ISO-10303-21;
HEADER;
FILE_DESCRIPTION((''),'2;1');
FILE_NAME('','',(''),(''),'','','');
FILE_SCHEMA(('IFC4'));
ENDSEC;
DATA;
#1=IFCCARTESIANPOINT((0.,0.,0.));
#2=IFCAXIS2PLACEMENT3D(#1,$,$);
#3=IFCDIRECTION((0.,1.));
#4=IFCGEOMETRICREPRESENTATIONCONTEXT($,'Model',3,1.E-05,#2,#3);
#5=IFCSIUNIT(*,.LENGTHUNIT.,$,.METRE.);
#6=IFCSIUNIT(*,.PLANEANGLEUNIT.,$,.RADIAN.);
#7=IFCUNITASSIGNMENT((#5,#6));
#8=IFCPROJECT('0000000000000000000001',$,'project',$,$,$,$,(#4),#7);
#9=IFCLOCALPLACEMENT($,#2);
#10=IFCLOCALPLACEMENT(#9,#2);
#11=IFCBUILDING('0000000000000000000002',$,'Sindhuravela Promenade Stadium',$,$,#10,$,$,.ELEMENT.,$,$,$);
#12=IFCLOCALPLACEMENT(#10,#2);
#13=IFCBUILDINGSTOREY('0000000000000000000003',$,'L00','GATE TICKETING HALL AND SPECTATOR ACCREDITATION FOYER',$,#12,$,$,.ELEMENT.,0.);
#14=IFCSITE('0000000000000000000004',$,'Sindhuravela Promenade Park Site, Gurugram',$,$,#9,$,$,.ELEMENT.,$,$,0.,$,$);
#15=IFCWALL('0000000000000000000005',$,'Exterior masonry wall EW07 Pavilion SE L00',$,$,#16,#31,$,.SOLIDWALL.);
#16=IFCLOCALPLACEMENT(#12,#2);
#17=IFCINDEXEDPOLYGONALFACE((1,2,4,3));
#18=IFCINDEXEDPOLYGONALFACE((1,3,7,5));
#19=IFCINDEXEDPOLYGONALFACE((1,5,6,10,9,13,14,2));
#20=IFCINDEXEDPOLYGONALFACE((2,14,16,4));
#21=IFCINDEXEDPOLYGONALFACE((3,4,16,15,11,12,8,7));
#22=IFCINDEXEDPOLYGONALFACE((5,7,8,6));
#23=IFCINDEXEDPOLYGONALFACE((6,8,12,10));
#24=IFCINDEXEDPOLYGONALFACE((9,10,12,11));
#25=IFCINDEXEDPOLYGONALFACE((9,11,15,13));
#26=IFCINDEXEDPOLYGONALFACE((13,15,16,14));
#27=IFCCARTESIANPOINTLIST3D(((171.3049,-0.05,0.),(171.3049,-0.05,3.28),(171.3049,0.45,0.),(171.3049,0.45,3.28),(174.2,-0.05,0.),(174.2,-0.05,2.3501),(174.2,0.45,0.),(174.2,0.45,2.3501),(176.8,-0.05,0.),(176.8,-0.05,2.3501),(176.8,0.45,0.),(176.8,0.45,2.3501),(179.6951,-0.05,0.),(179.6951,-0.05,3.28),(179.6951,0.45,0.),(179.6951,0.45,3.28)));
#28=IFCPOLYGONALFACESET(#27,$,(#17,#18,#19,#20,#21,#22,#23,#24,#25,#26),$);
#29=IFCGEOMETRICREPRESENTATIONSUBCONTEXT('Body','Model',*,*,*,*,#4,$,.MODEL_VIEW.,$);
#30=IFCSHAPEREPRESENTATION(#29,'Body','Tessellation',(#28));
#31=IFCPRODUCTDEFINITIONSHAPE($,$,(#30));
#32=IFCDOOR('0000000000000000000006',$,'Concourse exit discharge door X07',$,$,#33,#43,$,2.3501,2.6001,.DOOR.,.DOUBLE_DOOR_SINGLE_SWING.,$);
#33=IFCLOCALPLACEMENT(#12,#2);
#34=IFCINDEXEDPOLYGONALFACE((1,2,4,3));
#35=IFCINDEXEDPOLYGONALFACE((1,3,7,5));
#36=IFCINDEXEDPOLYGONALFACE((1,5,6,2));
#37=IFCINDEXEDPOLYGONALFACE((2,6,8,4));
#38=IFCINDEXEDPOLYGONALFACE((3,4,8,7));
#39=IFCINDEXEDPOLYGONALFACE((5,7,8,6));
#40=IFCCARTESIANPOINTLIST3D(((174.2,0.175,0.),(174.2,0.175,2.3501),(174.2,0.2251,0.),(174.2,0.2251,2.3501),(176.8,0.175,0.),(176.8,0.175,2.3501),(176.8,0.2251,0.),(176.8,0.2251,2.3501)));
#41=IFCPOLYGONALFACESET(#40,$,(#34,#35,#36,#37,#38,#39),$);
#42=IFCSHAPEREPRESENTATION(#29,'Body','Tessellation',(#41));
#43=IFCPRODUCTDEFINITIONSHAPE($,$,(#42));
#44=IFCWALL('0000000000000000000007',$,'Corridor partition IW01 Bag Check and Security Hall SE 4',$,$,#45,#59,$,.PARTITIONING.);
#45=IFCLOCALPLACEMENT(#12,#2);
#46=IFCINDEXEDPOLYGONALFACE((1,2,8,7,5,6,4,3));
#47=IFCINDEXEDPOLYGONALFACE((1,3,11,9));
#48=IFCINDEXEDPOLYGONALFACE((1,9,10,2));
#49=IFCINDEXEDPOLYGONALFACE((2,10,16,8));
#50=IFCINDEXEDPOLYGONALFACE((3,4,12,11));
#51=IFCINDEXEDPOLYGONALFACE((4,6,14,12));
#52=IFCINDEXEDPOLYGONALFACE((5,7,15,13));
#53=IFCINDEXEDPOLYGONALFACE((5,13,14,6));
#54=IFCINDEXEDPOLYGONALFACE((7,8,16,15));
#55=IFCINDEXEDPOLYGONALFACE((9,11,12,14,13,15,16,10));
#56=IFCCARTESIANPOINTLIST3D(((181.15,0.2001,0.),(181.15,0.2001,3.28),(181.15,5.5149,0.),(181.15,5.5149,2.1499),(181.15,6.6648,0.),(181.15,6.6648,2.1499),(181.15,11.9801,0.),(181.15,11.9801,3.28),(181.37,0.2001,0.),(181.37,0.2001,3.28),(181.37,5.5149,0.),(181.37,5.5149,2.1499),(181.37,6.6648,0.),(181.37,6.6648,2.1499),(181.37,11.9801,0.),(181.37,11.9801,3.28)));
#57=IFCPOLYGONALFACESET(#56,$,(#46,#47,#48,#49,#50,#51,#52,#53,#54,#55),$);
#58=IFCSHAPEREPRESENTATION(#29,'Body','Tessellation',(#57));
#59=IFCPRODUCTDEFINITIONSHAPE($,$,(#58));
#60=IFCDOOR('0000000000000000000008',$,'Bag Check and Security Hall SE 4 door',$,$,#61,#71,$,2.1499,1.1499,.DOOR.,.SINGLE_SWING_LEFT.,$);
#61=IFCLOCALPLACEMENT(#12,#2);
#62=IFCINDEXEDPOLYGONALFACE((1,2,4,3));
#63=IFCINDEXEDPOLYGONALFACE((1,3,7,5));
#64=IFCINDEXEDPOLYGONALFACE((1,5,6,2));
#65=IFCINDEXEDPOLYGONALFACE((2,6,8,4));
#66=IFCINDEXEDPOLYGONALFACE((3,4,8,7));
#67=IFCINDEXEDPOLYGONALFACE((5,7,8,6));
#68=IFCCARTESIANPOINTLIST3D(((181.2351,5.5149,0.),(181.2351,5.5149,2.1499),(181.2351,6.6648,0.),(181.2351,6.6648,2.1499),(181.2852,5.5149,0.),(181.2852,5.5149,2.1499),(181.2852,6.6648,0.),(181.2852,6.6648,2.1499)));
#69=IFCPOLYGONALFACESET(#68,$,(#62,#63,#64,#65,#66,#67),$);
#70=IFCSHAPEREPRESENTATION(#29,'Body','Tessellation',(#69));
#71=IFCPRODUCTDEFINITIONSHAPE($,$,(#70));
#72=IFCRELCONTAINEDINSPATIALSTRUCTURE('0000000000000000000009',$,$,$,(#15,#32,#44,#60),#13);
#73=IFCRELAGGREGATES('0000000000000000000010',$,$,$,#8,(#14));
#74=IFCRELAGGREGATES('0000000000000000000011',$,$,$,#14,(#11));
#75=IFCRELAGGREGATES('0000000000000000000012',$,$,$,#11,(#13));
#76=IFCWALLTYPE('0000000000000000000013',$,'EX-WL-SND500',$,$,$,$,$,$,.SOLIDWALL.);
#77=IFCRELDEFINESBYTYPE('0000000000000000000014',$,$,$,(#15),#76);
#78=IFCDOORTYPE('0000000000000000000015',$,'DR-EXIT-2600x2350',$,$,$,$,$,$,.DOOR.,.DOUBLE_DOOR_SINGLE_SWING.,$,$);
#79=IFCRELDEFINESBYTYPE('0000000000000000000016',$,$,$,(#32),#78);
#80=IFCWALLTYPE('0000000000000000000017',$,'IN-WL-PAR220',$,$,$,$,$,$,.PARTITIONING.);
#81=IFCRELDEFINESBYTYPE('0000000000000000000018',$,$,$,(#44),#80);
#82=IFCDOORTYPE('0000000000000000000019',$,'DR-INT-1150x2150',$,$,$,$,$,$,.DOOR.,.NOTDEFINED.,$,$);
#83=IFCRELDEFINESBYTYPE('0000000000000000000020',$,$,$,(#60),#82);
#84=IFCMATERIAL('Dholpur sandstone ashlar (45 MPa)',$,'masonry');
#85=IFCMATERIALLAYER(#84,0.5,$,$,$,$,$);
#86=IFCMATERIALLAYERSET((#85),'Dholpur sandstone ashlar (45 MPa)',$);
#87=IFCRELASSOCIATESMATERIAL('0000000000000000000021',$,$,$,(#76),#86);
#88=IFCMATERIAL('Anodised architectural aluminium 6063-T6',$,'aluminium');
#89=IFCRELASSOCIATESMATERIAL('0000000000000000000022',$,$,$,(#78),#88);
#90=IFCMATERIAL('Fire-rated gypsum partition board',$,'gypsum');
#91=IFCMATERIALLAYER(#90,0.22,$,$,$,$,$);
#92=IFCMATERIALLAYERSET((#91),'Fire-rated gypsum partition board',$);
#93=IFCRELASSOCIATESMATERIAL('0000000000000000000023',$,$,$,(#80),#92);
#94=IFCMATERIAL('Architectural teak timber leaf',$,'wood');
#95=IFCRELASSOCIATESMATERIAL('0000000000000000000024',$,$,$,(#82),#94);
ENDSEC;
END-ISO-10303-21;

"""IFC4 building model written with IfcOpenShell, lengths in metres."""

from ifc_helpers import new_model, si_unit, direction, frame, frame_2d, origin, place, context, subcontext, project, spatial, rectangle, extrude, material, layer, layer_set, type_object, element, fill, save


model = new_model("IFC4")

# Units and contexts
model_context = context("Model", 3, precision=1e-05, world=origin(), true_north=direction((0.0, 1.0)))
body_context = subcontext(model_context, "Body", "Model", "MODEL_VIEW")
ifc_project = project(units=[si_unit("LENGTHUNIT", "METRE"), si_unit("PLANEANGLEUNIT", "RADIAN")], contexts=[model_context])

# Site, building, storey
site_placement = place(None, origin())
site = spatial("IfcSite", under=ifc_project, at=site_placement, Name="Sindhuravela Promenade Park Site, Gurugram", CompositionType="ELEMENT", RefElevation=0.0)
building_placement = place(site_placement, origin())
building = spatial("IfcBuilding", under=site, at=building_placement, Name="Sindhuravela Promenade Stadium", CompositionType="ELEMENT")
storey_placement = place(building_placement, origin())
storey = spatial("IfcBuildingStorey", under=building, at=storey_placement, Name="L00", Description="GATE TICKETING HALL AND SPECTATOR ACCREDITATION FOYER", CompositionType="ELEMENT", Elevation=0.0)

# Walls, openings, doors
ifc_material_1 = material(Name="Dholpur sandstone ashlar (45 MPa)", Category="masonry")
ifc_material_2 = material(Name="Anodised architectural aluminium 6063-T6", Category="aluminium")
ifc_layer_1 = layer(ifc_material_1, 0.5)
ifc_layer_set_1 = layer_set([ifc_layer_1], Name="Dholpur sandstone ashlar (45 MPa)")
wall_type_1 = type_object("IfcWallType", Name="EX-WL-SND500", PredefinedType="SOLIDWALL", material=ifc_layer_set_1)
wall_1_placement = place(storey_placement, frame((179.6951, 0.2, 0.0), z_axis=(0.0, 0.0, 1.0), x_axis=(-1.0, 0.0, 0.0)))
wall_1 = element("IfcWall", 1, at=wall_1_placement, inside=storey, type_object=wall_type_1, Name="Exterior masonry wall EW07 Pavilion SE L00", PredefinedType="SOLIDWALL", context=body_context, shape_type="SweptSolid", body=[
    extrude(rectangle(XDim=8.3901, YDim=0.5, at=frame_2d((4.1951, 0.0))), origin(), (0.0, 0.0, 1.0), 3.28),
])
opening_1_placement = place(wall_1_placement, frame((2.895, 0.0, 0.0)))
opening_1 = element("IfcOpeningElement", 2, at=opening_1_placement, cuts=wall_1, PredefinedType="OPENING", context=body_context, shape_type="SweptSolid", body=[
    extrude(rectangle(XDim=2.6001, YDim=2.3501, at=frame_2d((1.3, 1.175))), frame((0.0, 0.26, 0.0), z_axis=(0.0, -1.0, 0.0), x_axis=(1.0, 0.0, 0.0)), (0.0, 0.0, 1.0), 0.52),
])
door_type_1 = type_object("IfcDoorType", Name="DR-EXIT-2600x2350", OperationType="DOUBLE_DOOR_SINGLE_SWING", PredefinedType="DOOR", material=ifc_material_2)
door_1_placement = place(opening_1_placement, origin())
door_1 = element("IfcDoor", 3, at=door_1_placement, inside=storey, type_object=door_type_1, Name="Concourse exit discharge door X07", OperationType="DOUBLE_DOOR_SINGLE_SWING", OverallHeight=2.3501, OverallWidth=2.6001, PredefinedType="DOOR", context=body_context, shape_type="SweptSolid", body=[
    extrude(rectangle(XDim=2.6001, YDim=2.3501, at=frame_2d((1.3, 1.175))), frame((0.0, 0.0249, 0.0), z_axis=(0.0, -1.0, 0.0), x_axis=(1.0, 0.0, 0.0)), (0.0, 0.0, 1.0), 0.05),
])
fill(opening_1, door_1)
ifc_material_3 = material(Name="Fire-rated gypsum partition board", Category="gypsum")
ifc_layer_2 = layer(ifc_material_3, 0.22)
ifc_layer_set_2 = layer_set([ifc_layer_2], Name="Fire-rated gypsum partition board")
wall_type_2 = type_object("IfcWallType", Name="IN-WL-PAR220", PredefinedType="PARTITIONING", material=ifc_layer_set_2)
wall_2_placement = place(storey_placement, frame((181.26, 0.2, 0.0), z_axis=(0.0, 0.0, 1.0), x_axis=(0.0, 1.0, 0.0)))
wall_2 = element("IfcWall", 4, at=wall_2_placement, inside=storey, type_object=wall_type_2, Name="Corridor partition IW01 Bag Check and Security Hall SE 4", PredefinedType="PARTITIONING", context=body_context, shape_type="SweptSolid", body=[
    extrude(rectangle(XDim=11.78, YDim=0.22, at=frame_2d((5.8901, 0.0))), origin(), (0.0, 0.0, 1.0), 3.28),
])
opening_2_placement = place(wall_2_placement, frame((5.3149, 0.0, 0.0)))
opening_2 = element("IfcOpeningElement", 5, at=opening_2_placement, cuts=wall_2, PredefinedType="OPENING", context=body_context, shape_type="SweptSolid", body=[
    extrude(rectangle(XDim=1.1499, YDim=2.1499, at=frame_2d((0.575, 1.075))), frame((0.0, 0.1199, 0.0), z_axis=(0.0, -1.0, 0.0), x_axis=(1.0, 0.0, 0.0)), (0.0, 0.0, 1.0), 0.24),
])
ifc_material_4 = material(Name="Architectural teak timber leaf", Category="wood")
door_type_2 = type_object("IfcDoorType", Name="DR-INT-1150x2150", OperationType="NOTDEFINED", PredefinedType="DOOR", material=ifc_material_4)
door_2_placement = place(opening_2_placement, origin())
door_2 = element("IfcDoor", 6, at=door_2_placement, inside=storey, type_object=door_type_2, Name="Bag Check and Security Hall SE 4 door", OperationType="SINGLE_SWING_LEFT", OverallHeight=2.1499, OverallWidth=1.1499, PredefinedType="DOOR", context=body_context, shape_type="SweptSolid", body=[
    extrude(rectangle(XDim=1.1499, YDim=2.1499, at=frame_2d((0.575, 1.075))), frame((0.0, 0.0249, 0.0), z_axis=(0.0, -1.0, 0.0), x_axis=(1.0, 0.0, 0.0)), (0.0, 0.0, 1.0), 0.05),
])
fill(opening_2, door_2)

save(model, "model.ifc")
